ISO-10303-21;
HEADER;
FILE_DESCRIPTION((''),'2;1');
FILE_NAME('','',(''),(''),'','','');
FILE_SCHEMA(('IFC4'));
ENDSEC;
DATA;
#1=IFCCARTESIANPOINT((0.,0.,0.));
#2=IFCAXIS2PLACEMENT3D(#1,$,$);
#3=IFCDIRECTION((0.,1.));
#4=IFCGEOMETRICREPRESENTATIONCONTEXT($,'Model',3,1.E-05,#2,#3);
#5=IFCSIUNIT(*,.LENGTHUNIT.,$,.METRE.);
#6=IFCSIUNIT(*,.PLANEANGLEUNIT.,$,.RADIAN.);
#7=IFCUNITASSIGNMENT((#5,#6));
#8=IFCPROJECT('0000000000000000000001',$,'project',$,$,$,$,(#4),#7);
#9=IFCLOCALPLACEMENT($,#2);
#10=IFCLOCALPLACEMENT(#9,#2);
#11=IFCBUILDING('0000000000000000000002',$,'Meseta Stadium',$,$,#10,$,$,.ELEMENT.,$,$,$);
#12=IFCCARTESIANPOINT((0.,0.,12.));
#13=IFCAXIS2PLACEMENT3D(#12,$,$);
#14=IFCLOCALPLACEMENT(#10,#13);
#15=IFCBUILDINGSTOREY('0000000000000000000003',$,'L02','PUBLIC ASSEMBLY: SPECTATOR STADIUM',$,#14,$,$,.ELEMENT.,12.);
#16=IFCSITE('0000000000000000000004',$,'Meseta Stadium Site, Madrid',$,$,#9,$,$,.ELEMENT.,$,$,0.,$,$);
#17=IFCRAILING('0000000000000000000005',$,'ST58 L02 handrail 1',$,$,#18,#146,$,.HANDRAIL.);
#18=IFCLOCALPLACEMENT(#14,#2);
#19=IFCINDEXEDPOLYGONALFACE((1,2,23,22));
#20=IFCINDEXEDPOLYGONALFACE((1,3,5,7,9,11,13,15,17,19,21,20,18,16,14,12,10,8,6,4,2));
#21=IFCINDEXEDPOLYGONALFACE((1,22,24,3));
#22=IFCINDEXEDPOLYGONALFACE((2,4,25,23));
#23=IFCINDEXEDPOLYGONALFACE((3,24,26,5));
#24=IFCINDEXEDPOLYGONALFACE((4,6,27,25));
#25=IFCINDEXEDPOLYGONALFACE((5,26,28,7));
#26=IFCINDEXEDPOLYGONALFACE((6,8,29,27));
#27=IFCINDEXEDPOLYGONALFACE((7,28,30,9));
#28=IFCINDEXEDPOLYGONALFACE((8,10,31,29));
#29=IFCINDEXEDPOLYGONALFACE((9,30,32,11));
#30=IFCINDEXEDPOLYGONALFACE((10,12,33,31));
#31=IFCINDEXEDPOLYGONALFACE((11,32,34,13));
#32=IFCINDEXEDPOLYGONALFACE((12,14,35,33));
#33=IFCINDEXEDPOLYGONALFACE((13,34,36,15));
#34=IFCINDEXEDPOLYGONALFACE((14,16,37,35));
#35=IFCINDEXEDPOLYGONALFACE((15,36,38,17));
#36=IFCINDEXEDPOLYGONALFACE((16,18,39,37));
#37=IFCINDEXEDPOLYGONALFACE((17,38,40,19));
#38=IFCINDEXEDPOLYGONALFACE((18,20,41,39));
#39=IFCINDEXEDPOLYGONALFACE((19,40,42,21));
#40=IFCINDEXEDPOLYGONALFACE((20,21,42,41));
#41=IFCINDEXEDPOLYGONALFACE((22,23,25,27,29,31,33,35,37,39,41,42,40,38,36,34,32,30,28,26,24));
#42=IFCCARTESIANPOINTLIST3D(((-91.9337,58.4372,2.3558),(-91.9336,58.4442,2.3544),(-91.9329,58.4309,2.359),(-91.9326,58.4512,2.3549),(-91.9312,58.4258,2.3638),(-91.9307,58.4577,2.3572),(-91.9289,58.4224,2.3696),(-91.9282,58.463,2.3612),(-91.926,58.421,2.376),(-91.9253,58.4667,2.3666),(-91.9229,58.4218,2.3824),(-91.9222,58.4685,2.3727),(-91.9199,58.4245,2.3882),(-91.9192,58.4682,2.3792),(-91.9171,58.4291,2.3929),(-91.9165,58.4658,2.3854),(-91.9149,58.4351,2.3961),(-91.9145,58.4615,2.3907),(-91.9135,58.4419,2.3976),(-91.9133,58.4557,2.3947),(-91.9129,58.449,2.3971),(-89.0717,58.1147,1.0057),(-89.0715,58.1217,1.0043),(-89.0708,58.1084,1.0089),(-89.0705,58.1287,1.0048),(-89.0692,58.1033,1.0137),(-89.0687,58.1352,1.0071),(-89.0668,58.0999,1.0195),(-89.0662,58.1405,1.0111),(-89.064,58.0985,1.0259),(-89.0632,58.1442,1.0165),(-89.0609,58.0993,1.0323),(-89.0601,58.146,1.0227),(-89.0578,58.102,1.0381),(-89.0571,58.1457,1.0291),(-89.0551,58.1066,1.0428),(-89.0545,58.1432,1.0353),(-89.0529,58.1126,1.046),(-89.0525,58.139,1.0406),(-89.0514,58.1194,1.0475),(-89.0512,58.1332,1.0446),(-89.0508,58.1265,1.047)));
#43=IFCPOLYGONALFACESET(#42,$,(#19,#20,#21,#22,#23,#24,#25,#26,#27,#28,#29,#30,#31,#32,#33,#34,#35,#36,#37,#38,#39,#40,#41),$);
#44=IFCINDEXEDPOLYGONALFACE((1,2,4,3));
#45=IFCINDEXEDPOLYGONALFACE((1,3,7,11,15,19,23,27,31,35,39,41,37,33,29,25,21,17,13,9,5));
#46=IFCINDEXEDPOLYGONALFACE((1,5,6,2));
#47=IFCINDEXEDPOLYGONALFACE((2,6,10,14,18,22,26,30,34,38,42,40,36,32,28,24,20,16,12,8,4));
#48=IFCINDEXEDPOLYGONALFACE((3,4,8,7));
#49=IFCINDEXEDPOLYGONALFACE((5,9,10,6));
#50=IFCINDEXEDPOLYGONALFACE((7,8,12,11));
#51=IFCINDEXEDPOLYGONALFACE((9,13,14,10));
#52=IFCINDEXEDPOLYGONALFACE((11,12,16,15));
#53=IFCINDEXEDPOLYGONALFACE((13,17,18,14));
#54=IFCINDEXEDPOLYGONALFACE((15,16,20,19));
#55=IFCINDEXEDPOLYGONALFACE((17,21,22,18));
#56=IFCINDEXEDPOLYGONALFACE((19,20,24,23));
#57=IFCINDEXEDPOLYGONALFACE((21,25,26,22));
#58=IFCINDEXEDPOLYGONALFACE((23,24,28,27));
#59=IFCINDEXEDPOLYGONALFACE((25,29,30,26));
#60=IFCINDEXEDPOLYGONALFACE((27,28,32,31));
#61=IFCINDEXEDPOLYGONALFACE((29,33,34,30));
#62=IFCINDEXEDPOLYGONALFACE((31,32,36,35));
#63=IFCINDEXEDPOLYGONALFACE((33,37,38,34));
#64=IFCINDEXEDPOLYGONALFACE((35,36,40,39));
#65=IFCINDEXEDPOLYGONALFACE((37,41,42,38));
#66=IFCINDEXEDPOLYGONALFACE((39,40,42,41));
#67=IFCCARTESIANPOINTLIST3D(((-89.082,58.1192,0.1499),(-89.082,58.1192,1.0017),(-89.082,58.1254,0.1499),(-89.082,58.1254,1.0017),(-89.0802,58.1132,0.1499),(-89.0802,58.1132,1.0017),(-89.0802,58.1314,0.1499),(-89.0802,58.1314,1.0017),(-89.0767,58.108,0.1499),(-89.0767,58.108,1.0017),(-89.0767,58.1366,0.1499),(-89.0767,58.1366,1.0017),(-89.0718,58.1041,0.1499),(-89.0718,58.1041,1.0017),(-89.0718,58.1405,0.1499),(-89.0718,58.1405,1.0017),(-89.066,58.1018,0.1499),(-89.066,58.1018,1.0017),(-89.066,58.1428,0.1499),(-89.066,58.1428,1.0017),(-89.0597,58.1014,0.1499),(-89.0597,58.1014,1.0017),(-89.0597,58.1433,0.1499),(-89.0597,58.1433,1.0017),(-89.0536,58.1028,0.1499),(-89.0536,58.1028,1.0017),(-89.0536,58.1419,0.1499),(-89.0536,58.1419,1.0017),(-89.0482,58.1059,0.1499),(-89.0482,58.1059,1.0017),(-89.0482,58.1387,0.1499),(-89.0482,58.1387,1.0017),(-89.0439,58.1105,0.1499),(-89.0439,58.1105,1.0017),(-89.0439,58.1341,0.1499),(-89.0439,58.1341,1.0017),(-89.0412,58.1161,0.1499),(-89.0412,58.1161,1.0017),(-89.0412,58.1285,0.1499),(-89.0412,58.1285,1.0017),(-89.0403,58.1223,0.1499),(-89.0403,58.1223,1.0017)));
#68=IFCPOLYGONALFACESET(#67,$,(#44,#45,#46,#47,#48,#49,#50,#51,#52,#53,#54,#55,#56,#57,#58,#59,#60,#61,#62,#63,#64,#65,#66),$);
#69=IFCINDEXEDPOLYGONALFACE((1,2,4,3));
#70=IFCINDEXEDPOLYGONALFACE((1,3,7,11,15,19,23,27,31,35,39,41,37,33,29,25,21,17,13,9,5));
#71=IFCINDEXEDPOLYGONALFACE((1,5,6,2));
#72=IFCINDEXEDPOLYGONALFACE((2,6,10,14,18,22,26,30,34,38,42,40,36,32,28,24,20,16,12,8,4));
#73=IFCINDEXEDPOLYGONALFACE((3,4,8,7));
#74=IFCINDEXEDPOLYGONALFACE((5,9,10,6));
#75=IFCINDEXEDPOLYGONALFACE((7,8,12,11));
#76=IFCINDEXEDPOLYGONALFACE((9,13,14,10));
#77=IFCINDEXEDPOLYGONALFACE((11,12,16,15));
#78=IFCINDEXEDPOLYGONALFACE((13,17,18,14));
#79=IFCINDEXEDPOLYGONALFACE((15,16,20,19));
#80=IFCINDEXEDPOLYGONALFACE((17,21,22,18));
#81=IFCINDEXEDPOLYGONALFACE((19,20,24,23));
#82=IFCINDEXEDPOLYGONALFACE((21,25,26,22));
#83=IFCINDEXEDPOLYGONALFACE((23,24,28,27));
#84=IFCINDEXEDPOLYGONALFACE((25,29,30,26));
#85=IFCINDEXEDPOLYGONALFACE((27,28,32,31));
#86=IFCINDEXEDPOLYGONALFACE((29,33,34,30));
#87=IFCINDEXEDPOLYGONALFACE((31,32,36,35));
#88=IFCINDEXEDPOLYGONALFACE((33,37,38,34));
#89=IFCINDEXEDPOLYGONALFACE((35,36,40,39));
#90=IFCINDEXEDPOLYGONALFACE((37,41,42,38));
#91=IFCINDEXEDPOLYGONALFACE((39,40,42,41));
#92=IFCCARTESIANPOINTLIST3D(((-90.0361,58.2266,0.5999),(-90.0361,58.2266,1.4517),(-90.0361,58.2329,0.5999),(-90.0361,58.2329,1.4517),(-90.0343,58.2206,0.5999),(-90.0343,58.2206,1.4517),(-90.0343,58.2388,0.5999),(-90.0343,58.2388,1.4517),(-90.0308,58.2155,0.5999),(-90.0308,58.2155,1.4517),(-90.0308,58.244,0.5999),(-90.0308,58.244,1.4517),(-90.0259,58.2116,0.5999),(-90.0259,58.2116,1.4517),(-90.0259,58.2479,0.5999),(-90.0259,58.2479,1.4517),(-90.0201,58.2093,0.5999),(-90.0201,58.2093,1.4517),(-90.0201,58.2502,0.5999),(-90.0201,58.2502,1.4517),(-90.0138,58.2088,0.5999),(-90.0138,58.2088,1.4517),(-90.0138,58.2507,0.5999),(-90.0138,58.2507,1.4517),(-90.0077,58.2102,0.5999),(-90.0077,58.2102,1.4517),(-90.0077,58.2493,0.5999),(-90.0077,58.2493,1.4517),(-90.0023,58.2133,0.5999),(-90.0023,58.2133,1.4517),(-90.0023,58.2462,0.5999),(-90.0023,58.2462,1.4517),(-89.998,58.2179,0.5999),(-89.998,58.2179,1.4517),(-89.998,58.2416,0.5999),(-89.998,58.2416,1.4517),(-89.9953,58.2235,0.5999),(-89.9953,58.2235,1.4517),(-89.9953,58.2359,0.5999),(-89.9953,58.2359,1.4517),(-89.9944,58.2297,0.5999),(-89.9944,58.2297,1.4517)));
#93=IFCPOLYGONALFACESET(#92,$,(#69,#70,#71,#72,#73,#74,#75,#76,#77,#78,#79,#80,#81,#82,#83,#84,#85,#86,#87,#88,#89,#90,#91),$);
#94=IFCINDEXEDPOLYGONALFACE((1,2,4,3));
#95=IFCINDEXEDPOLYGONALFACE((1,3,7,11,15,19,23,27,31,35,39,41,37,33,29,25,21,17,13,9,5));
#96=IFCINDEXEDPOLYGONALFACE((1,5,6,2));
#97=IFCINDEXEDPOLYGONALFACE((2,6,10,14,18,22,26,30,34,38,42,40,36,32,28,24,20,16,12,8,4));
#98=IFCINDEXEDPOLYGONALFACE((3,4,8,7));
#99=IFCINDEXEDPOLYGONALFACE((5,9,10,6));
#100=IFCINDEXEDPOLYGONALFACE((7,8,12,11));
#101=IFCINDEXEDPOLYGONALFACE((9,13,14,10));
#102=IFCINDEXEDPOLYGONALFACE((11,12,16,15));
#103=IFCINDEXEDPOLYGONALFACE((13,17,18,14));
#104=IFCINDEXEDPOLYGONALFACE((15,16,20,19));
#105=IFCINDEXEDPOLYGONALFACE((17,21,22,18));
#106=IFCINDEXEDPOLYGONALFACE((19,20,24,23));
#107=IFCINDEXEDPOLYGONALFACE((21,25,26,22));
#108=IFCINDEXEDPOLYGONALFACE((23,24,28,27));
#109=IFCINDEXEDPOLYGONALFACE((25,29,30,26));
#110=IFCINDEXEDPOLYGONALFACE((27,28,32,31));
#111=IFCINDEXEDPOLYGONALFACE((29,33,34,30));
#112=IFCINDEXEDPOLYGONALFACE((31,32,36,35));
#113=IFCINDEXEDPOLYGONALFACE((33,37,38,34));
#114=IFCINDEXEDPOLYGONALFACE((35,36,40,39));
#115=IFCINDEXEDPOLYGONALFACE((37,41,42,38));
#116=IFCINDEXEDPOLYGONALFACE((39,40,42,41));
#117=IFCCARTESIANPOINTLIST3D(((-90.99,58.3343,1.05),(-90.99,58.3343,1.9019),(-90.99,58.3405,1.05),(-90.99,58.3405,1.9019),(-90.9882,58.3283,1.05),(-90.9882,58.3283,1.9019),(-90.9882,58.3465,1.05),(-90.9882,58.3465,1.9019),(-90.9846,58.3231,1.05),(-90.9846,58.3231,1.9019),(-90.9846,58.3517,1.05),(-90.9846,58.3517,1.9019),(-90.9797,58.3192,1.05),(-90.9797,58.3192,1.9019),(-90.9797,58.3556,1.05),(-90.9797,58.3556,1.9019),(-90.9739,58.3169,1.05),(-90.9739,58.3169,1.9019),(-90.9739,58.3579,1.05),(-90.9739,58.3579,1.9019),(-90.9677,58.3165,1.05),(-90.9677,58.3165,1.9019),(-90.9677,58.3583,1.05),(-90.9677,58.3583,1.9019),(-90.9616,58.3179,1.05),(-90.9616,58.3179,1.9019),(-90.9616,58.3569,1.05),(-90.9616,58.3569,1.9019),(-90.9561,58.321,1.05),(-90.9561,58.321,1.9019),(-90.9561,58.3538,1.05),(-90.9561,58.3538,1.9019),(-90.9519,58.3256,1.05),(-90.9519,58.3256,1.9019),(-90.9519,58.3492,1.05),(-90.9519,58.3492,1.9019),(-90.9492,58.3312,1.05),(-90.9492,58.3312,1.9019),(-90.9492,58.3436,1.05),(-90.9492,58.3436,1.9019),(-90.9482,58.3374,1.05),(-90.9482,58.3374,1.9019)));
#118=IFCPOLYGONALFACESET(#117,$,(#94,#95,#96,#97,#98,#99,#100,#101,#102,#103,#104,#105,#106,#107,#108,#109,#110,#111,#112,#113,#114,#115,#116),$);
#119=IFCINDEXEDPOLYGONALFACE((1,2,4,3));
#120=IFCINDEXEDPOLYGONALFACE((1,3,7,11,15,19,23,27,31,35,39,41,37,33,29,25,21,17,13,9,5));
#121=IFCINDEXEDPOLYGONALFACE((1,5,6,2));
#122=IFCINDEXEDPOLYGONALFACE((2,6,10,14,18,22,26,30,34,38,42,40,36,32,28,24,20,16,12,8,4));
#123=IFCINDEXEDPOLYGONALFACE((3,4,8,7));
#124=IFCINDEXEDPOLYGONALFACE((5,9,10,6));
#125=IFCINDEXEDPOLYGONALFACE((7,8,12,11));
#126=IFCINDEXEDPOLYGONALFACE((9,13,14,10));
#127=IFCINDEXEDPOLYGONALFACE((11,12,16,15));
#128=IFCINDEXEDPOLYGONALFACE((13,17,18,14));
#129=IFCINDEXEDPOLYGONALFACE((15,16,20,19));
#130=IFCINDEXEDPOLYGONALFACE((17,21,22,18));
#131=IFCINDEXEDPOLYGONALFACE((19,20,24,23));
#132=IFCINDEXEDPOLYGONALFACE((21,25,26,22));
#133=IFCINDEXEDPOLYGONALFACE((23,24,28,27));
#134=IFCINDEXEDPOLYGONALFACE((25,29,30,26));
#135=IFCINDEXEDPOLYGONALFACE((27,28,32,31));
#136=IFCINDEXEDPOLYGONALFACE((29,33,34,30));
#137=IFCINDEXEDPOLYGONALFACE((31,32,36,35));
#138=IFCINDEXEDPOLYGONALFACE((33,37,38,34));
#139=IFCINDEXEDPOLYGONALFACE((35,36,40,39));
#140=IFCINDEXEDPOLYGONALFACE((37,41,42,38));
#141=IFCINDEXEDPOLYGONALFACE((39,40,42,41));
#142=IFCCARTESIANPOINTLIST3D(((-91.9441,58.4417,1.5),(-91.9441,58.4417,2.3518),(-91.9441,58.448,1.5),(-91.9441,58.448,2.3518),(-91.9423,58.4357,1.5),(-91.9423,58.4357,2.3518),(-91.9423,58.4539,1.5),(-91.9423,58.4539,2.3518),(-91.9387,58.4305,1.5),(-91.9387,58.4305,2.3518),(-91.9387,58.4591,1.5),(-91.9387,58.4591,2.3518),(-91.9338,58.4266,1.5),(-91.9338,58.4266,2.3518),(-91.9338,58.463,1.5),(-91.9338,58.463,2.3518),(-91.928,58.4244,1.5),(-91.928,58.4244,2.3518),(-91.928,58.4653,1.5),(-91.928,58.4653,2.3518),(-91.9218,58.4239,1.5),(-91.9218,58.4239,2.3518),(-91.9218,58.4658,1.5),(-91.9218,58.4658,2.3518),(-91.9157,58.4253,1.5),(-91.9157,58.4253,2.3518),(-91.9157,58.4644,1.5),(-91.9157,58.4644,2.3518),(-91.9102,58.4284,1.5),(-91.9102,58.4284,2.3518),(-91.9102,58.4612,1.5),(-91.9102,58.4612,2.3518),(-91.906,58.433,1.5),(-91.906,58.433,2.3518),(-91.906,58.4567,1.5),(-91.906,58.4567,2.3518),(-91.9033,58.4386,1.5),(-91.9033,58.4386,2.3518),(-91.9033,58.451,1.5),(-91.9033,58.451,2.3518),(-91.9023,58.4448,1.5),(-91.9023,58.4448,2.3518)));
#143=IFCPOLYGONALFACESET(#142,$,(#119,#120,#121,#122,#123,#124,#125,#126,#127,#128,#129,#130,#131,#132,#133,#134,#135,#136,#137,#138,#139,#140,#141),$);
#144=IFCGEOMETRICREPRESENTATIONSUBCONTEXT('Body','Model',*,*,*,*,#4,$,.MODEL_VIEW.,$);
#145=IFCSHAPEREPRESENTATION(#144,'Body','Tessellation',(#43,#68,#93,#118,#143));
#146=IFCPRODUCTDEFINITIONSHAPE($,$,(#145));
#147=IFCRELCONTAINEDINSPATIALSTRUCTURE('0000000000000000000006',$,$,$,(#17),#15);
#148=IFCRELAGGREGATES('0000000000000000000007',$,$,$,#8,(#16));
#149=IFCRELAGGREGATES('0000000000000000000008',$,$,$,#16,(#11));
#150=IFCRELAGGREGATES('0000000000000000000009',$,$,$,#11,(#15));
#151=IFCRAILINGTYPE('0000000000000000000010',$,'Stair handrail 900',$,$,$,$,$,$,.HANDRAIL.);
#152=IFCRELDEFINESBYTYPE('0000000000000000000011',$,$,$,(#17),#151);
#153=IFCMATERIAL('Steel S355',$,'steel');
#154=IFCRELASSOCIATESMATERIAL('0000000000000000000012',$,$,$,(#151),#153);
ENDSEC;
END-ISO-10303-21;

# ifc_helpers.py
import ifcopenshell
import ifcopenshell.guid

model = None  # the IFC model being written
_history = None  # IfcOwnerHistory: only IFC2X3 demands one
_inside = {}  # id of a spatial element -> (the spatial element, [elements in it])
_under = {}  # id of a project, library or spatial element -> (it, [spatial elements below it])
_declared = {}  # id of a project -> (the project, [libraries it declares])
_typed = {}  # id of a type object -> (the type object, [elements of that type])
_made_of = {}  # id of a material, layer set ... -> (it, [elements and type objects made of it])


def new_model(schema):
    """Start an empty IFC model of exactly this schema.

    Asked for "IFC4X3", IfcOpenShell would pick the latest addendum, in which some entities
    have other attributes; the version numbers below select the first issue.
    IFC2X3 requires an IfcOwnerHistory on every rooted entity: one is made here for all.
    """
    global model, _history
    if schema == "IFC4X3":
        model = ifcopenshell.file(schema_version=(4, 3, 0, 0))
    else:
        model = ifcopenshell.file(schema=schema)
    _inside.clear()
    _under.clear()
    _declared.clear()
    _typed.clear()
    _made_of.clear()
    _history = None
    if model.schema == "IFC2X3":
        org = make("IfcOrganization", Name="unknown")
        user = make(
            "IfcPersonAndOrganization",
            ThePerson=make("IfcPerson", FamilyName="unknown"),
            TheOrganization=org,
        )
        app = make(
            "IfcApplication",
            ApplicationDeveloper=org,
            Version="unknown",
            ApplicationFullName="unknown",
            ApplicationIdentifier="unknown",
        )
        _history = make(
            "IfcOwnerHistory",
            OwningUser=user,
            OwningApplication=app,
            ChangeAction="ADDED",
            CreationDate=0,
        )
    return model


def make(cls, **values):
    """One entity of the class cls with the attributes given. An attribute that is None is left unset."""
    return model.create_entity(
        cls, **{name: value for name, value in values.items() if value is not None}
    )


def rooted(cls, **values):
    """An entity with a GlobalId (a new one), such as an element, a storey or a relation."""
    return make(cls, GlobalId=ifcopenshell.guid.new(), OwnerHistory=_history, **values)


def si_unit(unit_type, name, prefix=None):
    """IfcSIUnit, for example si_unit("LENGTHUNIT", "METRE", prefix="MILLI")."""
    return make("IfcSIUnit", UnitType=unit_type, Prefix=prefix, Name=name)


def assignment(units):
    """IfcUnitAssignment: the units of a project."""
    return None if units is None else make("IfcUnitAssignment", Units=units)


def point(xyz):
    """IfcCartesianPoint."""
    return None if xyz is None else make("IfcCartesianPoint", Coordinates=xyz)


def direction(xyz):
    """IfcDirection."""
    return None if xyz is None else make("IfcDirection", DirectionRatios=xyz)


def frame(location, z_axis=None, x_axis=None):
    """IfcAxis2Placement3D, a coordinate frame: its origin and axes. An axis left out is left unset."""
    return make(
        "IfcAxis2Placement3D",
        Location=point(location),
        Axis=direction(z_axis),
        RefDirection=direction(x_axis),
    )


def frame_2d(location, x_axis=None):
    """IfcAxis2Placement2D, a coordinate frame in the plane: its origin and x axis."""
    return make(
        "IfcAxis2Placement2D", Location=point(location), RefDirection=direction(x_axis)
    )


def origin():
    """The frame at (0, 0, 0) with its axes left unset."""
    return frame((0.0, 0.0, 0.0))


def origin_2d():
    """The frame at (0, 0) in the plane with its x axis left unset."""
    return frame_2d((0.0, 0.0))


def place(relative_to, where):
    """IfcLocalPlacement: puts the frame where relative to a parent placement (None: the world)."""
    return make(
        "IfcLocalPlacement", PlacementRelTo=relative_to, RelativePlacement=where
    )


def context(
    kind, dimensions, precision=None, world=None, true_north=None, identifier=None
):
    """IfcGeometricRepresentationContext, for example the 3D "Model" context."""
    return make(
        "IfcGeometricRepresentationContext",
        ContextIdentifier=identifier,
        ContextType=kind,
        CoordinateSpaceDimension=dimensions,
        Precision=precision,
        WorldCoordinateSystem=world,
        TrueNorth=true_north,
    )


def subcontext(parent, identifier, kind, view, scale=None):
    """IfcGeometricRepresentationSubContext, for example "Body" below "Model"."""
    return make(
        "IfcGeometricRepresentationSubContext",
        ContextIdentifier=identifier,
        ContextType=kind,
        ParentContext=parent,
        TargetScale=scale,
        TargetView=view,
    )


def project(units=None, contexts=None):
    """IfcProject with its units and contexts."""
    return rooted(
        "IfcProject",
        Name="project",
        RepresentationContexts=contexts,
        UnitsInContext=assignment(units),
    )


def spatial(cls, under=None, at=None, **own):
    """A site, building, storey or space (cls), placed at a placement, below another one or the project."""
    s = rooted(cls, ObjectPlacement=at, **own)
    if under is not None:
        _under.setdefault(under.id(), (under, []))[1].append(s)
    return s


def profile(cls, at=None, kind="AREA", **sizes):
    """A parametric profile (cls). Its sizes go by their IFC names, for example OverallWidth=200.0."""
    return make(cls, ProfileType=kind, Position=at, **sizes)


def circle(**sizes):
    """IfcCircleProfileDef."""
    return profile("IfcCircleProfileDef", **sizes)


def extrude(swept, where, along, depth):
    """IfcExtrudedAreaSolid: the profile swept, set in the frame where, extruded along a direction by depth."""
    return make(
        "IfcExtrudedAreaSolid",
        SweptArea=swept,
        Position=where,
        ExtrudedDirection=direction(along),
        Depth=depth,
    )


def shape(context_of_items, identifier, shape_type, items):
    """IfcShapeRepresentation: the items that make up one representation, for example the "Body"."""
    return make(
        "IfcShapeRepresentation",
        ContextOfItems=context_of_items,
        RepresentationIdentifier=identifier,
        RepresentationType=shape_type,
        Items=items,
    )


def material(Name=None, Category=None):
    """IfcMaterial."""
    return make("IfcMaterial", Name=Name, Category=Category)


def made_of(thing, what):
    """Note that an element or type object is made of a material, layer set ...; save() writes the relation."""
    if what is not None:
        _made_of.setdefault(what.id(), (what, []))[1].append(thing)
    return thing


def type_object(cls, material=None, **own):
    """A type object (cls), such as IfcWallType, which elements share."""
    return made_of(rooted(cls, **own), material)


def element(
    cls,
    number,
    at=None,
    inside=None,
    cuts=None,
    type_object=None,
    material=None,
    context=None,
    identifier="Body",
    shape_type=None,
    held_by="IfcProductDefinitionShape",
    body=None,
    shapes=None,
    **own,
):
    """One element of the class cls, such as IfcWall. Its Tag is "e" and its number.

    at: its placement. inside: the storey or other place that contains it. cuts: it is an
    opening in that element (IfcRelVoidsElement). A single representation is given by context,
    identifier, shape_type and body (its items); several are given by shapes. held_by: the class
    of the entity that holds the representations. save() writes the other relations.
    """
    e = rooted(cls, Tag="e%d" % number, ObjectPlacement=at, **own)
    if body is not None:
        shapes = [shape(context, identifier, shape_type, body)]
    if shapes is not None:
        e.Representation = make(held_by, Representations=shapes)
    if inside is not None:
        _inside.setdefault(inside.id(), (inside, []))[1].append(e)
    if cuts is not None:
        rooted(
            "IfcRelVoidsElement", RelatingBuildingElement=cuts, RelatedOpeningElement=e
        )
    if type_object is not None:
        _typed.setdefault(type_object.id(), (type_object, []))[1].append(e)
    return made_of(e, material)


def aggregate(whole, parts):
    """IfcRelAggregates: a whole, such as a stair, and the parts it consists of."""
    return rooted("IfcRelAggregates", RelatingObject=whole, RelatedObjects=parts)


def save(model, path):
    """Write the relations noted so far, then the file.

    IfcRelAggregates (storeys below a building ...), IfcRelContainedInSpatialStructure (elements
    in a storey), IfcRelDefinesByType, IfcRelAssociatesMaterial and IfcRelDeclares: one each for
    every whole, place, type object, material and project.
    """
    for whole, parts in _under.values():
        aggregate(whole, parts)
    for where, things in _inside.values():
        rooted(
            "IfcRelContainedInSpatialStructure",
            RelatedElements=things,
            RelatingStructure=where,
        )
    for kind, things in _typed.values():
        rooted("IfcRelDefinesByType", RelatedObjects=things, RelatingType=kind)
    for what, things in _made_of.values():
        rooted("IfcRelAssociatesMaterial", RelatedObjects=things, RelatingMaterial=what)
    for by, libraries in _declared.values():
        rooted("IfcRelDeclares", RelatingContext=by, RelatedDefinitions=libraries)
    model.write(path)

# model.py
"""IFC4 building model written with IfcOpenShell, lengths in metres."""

from ifc_helpers import new_model, si_unit, direction, frame, origin, origin_2d, place, context, subcontext, project, spatial, circle, extrude, material, type_object, element, save


model = new_model("IFC4")

# Units and contexts
model_context = context("Model", 3, precision=1e-05, world=origin(), true_north=direction((0.0, 1.0)))
body_context = subcontext(model_context, "Body", "Model", "MODEL_VIEW")
ifc_project = project(units=[si_unit("LENGTHUNIT", "METRE"), si_unit("PLANEANGLEUNIT", "RADIAN")], contexts=[model_context])

# Site, building, storey
site_placement = place(None, origin())
site = spatial("IfcSite", under=ifc_project, at=site_placement, Name="Meseta Stadium Site, Madrid", CompositionType="ELEMENT", RefElevation=0.0)
building_placement = place(site_placement, origin())
building = spatial("IfcBuilding", under=site, at=building_placement, Name="Meseta Stadium", CompositionType="ELEMENT")
storey_placement = place(building_placement, frame((0.0, 0.0, 12.0)))
storey = spatial("IfcBuildingStorey", under=building, at=storey_placement, Name="L02", Description="PUBLIC ASSEMBLY: SPECTATOR STADIUM", CompositionType="ELEMENT", Elevation=12.0)

# Railing
ifc_material_1 = material(Name="Steel S355", Category="steel")
railing_type_1 = type_object("IfcRailingType", Name="Stair handrail 900", PredefinedType="HANDRAIL", material=ifc_material_1)
for number, where, name in (
    (1, (-89.0613, 58.1223, 0.1499), "ST58 L02 handrail 1"),
):
    element("IfcRailing", number, at=place(storey_placement, frame(where)), inside=storey, type_object=railing_type_1, Name=name, PredefinedType="HANDRAIL", context=body_context, shape_type="SweptSolid", body=[
        extrude(circle(Radius=0.0239, at=origin_2d()), frame((0.0, 0.0, 0.876), z_axis=(-0.899763, 0.101389, 0.424438), x_axis=(-0.111976, -0.993711, 0.0)), (0.0, 0.0, 1.0), 3.1809),
        extrude(circle(Radius=0.021, at=origin_2d()), origin(), (0.0, 0.0, 1.0), 0.8518),
        extrude(circle(Radius=0.021, at=origin_2d()), frame((-0.9541, 0.1074, 0.45)), (0.0, 0.0, 1.0), 0.8518),
        extrude(circle(Radius=0.021, at=origin_2d()), frame((-1.908, 0.2151, 0.9001)), (0.0, 0.0, 1.0), 0.8518),
        extrude(circle(Radius=0.021, at=origin_2d()), frame((-2.8621, 0.3225, 1.3501)), (0.0, 0.0, 1.0), 0.8518),
    ])

save(model, "model.ifc")
